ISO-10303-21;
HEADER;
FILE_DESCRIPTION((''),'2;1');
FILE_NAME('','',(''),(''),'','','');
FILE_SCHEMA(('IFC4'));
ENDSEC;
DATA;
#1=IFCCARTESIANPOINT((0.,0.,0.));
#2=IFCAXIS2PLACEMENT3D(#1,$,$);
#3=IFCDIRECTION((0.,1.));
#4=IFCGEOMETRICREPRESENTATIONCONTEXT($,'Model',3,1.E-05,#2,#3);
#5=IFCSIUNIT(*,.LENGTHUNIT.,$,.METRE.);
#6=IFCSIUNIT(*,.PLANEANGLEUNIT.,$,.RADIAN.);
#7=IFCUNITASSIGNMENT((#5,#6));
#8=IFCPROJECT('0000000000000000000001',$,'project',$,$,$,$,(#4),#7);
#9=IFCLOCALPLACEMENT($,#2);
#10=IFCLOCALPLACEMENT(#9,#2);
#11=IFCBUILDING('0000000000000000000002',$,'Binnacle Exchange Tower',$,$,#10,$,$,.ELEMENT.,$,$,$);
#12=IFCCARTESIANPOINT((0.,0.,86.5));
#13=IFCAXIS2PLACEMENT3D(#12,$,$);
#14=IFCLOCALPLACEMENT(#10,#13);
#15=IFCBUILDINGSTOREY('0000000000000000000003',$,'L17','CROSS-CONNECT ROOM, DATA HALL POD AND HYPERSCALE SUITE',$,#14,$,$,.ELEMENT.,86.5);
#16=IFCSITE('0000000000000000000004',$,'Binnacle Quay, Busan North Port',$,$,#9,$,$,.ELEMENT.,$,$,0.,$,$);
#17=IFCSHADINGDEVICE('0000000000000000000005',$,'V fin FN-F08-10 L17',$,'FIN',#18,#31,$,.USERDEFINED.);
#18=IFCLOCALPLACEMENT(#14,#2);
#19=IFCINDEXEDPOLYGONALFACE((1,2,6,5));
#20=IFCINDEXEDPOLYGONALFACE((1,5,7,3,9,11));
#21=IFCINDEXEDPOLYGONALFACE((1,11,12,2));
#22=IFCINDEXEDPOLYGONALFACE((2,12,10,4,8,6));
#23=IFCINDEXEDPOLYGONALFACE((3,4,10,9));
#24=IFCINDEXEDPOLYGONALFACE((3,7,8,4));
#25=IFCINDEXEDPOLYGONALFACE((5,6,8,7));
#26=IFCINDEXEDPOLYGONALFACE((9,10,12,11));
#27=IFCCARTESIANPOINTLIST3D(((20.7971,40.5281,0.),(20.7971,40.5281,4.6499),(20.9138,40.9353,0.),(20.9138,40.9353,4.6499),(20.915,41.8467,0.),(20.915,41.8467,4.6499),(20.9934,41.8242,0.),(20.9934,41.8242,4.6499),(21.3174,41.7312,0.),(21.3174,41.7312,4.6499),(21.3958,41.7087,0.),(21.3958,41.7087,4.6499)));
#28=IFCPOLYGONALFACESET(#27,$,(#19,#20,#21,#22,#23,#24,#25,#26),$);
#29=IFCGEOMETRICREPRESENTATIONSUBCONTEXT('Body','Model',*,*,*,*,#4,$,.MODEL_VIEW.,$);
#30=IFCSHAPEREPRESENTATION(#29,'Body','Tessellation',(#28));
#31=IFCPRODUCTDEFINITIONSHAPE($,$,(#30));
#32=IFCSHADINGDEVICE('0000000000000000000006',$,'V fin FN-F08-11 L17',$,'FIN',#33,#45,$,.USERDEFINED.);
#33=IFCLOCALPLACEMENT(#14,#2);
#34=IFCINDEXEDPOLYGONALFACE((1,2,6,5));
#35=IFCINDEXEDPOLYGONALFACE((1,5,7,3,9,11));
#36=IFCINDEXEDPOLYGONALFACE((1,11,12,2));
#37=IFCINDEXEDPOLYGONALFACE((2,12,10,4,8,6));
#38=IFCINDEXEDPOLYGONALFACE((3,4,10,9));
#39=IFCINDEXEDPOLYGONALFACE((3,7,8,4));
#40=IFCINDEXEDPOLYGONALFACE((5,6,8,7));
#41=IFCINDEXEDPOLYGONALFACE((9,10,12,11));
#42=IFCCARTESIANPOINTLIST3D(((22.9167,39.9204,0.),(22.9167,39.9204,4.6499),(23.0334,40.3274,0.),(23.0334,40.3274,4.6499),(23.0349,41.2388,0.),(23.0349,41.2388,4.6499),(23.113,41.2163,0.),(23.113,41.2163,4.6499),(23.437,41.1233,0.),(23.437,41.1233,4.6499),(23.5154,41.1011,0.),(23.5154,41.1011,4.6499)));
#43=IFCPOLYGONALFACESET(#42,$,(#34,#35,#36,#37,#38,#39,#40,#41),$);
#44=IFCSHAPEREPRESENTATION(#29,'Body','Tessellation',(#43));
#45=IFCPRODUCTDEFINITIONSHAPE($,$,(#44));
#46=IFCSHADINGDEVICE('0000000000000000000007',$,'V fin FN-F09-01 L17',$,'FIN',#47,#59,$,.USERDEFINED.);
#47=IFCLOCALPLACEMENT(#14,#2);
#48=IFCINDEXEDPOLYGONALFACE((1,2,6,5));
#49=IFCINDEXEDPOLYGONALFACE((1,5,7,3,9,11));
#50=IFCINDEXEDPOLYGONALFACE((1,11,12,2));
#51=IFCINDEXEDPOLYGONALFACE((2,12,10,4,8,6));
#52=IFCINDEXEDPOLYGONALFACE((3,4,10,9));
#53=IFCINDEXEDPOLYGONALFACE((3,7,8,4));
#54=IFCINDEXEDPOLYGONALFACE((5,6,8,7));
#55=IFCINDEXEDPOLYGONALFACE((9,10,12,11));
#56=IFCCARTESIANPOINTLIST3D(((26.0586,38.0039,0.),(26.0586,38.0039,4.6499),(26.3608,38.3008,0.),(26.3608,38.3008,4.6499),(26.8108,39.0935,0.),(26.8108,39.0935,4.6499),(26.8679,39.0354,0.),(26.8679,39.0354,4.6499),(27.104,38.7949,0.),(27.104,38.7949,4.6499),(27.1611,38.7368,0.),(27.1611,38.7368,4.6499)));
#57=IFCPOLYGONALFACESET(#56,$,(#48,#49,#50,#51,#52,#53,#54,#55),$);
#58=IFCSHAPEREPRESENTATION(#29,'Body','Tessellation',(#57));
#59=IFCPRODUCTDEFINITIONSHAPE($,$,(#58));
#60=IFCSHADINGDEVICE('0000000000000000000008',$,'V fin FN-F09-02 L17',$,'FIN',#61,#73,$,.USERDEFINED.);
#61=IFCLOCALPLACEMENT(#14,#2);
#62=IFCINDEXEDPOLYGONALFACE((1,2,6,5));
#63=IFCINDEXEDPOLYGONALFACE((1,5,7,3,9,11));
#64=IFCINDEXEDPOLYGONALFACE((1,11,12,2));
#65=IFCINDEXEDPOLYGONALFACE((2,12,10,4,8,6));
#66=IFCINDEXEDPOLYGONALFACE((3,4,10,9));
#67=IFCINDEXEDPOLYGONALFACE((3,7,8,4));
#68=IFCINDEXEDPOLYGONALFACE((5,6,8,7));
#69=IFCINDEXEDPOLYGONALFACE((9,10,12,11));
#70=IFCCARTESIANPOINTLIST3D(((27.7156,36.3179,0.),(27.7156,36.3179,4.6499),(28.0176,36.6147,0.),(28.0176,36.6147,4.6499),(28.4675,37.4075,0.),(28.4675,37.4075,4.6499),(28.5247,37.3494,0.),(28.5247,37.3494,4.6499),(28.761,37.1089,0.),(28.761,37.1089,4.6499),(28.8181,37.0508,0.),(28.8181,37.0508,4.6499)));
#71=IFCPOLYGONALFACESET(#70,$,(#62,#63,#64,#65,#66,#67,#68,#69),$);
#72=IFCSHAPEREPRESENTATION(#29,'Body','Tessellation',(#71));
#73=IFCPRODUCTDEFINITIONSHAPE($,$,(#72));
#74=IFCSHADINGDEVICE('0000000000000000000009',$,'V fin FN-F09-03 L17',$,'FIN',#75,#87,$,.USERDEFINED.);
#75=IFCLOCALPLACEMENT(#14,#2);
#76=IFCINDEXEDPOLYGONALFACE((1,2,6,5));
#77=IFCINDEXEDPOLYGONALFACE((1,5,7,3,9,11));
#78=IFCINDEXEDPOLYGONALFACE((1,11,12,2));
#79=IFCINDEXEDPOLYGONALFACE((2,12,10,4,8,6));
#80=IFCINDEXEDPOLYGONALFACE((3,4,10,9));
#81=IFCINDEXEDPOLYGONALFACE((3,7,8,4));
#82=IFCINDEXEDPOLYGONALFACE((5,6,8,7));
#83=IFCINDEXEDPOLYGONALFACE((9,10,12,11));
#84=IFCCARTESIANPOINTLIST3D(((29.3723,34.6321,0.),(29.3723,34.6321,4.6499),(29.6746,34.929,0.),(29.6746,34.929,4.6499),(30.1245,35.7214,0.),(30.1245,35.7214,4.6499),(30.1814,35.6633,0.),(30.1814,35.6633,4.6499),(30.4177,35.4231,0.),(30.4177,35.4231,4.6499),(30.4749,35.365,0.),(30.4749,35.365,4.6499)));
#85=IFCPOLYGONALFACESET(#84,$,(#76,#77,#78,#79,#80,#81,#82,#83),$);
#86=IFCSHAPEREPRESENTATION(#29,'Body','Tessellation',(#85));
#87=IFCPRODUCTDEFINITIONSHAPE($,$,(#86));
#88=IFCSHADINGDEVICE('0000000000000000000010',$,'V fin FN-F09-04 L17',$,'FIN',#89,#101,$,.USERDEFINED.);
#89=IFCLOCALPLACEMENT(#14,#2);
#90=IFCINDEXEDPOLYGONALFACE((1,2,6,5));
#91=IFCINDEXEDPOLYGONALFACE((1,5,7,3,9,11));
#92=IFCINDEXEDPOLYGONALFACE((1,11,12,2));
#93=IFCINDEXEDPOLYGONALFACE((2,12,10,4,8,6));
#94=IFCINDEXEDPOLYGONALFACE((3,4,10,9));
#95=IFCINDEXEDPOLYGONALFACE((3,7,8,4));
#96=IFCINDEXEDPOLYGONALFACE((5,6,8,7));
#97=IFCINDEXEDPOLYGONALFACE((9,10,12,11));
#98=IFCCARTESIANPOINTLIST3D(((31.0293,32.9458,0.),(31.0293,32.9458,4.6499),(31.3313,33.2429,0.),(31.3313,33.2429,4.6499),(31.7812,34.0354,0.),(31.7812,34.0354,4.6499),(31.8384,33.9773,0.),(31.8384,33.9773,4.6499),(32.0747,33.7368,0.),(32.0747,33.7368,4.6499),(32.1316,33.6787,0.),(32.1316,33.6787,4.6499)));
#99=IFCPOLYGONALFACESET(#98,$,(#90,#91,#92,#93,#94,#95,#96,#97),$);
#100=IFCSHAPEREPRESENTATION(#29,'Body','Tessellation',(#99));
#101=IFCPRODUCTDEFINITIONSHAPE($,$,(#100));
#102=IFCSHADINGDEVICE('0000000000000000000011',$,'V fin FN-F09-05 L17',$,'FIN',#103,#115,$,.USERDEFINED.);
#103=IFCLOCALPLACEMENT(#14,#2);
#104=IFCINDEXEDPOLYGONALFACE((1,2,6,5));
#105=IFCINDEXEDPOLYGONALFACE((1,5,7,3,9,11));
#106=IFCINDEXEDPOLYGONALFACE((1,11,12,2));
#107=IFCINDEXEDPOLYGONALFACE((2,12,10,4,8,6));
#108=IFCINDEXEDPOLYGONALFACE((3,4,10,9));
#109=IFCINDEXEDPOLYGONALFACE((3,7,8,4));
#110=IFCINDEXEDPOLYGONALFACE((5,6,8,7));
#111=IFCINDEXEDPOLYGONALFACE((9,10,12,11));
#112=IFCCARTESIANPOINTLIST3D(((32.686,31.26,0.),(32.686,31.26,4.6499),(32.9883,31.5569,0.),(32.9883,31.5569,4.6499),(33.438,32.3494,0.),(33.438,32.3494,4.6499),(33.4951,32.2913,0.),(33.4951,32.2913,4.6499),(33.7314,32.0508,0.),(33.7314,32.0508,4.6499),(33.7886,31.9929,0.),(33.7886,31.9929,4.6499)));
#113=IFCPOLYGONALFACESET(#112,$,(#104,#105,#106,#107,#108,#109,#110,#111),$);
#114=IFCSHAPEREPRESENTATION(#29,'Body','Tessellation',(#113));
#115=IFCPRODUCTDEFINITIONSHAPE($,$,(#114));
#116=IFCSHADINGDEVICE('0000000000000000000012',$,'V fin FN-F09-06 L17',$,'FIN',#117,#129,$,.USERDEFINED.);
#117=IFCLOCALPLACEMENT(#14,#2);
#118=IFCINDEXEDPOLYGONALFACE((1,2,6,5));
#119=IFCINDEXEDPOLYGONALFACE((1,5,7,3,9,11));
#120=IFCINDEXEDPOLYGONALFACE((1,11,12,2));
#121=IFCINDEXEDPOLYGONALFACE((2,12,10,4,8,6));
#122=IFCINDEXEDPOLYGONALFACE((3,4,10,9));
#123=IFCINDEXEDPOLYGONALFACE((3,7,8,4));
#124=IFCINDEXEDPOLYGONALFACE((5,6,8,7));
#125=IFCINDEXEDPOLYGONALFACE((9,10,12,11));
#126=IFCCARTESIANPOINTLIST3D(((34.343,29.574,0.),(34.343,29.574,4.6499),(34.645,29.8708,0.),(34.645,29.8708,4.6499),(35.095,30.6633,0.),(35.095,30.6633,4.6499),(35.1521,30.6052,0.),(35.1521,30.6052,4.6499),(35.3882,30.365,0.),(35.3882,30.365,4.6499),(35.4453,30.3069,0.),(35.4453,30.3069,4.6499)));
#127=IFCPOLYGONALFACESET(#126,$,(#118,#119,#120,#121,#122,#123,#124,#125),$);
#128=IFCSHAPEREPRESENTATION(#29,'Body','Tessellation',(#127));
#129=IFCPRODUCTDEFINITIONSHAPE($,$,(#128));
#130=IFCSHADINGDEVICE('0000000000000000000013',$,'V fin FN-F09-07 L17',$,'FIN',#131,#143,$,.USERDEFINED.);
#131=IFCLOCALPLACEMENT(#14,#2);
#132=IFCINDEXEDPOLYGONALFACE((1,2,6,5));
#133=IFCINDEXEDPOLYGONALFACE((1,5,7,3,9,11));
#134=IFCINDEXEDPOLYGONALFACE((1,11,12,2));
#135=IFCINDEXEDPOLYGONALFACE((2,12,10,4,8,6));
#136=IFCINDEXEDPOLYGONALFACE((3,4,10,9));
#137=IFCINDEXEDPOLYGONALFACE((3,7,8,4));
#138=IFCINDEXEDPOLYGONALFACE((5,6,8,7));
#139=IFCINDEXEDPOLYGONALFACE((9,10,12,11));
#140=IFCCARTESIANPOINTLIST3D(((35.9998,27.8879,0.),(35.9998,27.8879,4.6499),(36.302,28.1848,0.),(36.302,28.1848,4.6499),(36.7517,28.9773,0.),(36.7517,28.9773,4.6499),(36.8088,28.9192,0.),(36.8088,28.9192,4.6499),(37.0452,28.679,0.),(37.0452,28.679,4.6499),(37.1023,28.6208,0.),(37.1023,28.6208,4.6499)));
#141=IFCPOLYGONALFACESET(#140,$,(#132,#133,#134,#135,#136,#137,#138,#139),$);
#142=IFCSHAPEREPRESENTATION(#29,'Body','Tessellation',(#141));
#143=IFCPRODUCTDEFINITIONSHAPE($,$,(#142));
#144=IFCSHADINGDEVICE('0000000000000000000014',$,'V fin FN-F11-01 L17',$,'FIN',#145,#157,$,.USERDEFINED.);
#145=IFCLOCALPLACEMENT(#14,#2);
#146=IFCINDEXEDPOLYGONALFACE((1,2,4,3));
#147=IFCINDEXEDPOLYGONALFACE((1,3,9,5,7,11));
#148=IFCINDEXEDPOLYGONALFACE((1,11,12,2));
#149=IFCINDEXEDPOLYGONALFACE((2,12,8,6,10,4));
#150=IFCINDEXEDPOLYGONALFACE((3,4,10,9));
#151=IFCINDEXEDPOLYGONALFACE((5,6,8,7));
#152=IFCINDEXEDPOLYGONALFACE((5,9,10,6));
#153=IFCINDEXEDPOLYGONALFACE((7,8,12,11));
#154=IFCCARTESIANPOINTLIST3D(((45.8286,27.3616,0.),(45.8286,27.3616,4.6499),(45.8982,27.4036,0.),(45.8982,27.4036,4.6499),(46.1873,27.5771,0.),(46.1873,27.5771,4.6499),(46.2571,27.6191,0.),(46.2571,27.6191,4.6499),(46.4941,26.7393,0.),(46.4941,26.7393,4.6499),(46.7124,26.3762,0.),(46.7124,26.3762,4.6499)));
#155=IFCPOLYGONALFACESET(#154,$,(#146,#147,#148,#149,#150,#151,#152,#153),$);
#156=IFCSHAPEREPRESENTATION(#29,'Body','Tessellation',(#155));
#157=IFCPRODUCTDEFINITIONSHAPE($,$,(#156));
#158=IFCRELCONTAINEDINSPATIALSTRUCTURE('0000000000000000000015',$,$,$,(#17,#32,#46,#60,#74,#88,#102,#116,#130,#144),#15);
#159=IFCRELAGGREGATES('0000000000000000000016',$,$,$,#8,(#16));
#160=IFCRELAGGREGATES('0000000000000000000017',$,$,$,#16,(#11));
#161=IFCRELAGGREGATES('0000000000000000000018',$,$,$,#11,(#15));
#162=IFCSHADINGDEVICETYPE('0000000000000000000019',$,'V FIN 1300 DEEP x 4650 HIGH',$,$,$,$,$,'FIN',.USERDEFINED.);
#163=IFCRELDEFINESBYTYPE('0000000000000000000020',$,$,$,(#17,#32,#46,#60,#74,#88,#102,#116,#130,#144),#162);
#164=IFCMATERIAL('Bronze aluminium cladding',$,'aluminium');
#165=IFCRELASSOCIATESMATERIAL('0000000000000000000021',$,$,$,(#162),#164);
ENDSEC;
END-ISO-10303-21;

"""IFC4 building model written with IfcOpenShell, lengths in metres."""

from ifc_helpers import new_model, si_unit, direction, frame, origin, place, context, subcontext, project, spatial, polyline, outline, extrude, material, type_object, element, save


model = new_model("IFC4")

# Units and contexts
model_context = context("Model", 3, precision=1e-05, world=origin(), true_north=direction((0.0, 1.0)))
body_context = subcontext(model_context, "Body", "Model", "MODEL_VIEW")
ifc_project = project(units=[si_unit("LENGTHUNIT", "METRE"), si_unit("PLANEANGLEUNIT", "RADIAN")], contexts=[model_context])

# Site, building, storey
site_placement = place(None, origin())
site = spatial("IfcSite", under=ifc_project, at=site_placement, Name="Binnacle Quay, Busan North Port", CompositionType="ELEMENT", RefElevation=0.0)
building_placement = place(site_placement, origin())
building = spatial("IfcBuilding", under=site, at=building_placement, Name="Binnacle Exchange Tower", CompositionType="ELEMENT")
storey_placement = place(building_placement, frame((0.0, 0.0, 86.5)))
storey = spatial("IfcBuildingStorey", under=building, at=storey_placement, Name="L17", Description="CROSS-CONNECT ROOM, DATA HALL POD AND HYPERSCALE SUITE", CompositionType="ELEMENT", Elevation=86.5)

# Shading devices
ifc_material = material(Name="Bronze aluminium cladding", Category="aluminium")
shading_device_type = type_object("IfcShadingDeviceType", Name="V FIN 1300 DEEP x 4650 HIGH", ElementType="FIN", PredefinedType="USERDEFINED", material=ifc_material)
shading_device_1_placement = place(storey_placement, origin())
element("IfcShadingDevice", 1, at=shading_device_1_placement, inside=storey, type_object=shading_device_type, Name="V fin FN-F08-10 L17", ObjectType="FIN", PredefinedType="USERDEFINED", context=body_context, shape_type="SweptSolid", body=[
    extrude(outline(polyline([(20.915, 41.8467), (20.7971, 40.5281), (21.3958, 41.7087), (21.3174, 41.7312), (20.9138, 40.9353), (20.9934, 41.8242), (20.915, 41.8467)])), origin(), (0.0, 0.0, 1.0), 4.6499),
])
shading_device_2_placement = place(storey_placement, origin())
element("IfcShadingDevice", 2, at=shading_device_2_placement, inside=storey, type_object=shading_device_type, Name="V fin FN-F08-11 L17", ObjectType="FIN", PredefinedType="USERDEFINED", context=body_context, shape_type="SweptSolid", body=[
    extrude(outline(polyline([(23.0349, 41.2388), (22.9167, 39.9204), (23.5154, 41.1011), (23.437, 41.1233), (23.0334, 40.3274), (23.113, 41.2163), (23.0349, 41.2388)])), origin(), (0.0, 0.0, 1.0), 4.6499),
])
shading_device_3_placement = place(storey_placement, origin())
element("IfcShadingDevice", 3, at=shading_device_3_placement, inside=storey, type_object=shading_device_type, Name="V fin FN-F09-01 L17", ObjectType="FIN", PredefinedType="USERDEFINED", context=body_context, shape_type="SweptSolid", body=[
    extrude(outline(polyline([(26.8108, 39.0935), (26.0586, 38.0039), (27.1611, 38.7368), (27.104, 38.7949), (26.3608, 38.3008), (26.8679, 39.0354), (26.8108, 39.0935)])), origin(), (0.0, 0.0, 1.0), 4.6499),
])
shading_device_4_placement = place(storey_placement, origin())
element("IfcShadingDevice", 4, at=shading_device_4_placement, inside=storey, type_object=shading_device_type, Name="V fin FN-F09-02 L17", ObjectType="FIN", PredefinedType="USERDEFINED", context=body_context, shape_type="SweptSolid", body=[
    extrude(outline(polyline([(28.4675, 37.4075), (27.7156, 36.3179), (28.8181, 37.0508), (28.761, 37.1089), (28.0176, 36.6147), (28.5247, 37.3494), (28.4675, 37.4075)])), origin(), (0.0, 0.0, 1.0), 4.6499),
])
shading_device_5_placement = place(storey_placement, origin())
element("IfcShadingDevice", 5, at=shading_device_5_placement, inside=storey, type_object=shading_device_type, Name="V fin FN-F09-03 L17", ObjectType="FIN", PredefinedType="USERDEFINED", context=body_context, shape_type="SweptSolid", body=[
    extrude(outline(polyline([(30.1245, 35.7214), (29.3723, 34.6321), (30.4749, 35.365), (30.4177, 35.4231), (29.6746, 34.929), (30.1814, 35.6633), (30.1245, 35.7214)])), origin(), (0.0, 0.0, 1.0), 4.6499),
])
shading_device_6_placement = place(storey_placement, origin())
element("IfcShadingDevice", 6, at=shading_device_6_placement, inside=storey, type_object=shading_device_type, Name="V fin FN-F09-04 L17", ObjectType="FIN", PredefinedType="USERDEFINED", context=body_context, shape_type="SweptSolid", body=[
    extrude(outline(polyline([(31.7812, 34.0354), (31.0293, 32.9458), (32.1316, 33.6787), (32.0747, 33.7368), (31.3313, 33.2429), (31.8384, 33.9773), (31.7812, 34.0354)])), origin(), (0.0, 0.0, 1.0), 4.6499),
])
shading_device_7_placement = place(storey_placement, origin())
element("IfcShadingDevice", 7, at=shading_device_7_placement, inside=storey, type_object=shading_device_type, Name="V fin FN-F09-05 L17", ObjectType="FIN", PredefinedType="USERDEFINED", context=body_context, shape_type="SweptSolid", body=[
    extrude(outline(polyline([(33.438, 32.3494), (32.686, 31.26), (33.7886, 31.9929), (33.7314, 32.0508), (32.9883, 31.5569), (33.4951, 32.2913), (33.438, 32.3494)])), origin(), (0.0, 0.0, 1.0), 4.6499),
])
shading_device_8_placement = place(storey_placement, origin())
element("IfcShadingDevice", 8, at=shading_device_8_placement, inside=storey, type_object=shading_device_type, Name="V fin FN-F09-06 L17", ObjectType="FIN", PredefinedType="USERDEFINED", context=body_context, shape_type="SweptSolid", body=[
    extrude(outline(polyline([(35.095, 30.6633), (34.343, 29.574), (35.4453, 30.3069), (35.3882, 30.365), (34.645, 29.8708), (35.1521, 30.6052), (35.095, 30.6633)])), origin(), (0.0, 0.0, 1.0), 4.6499),
])
shading_device_9_placement = place(storey_placement, origin())
element("IfcShadingDevice", 9, at=shading_device_9_placement, inside=storey, type_object=shading_device_type, Name="V fin FN-F09-07 L17", ObjectType="FIN", PredefinedType="USERDEFINED", context=body_context, shape_type="SweptSolid", body=[
    extrude(outline(polyline([(36.7517, 28.9773), (35.9998, 27.8879), (37.1023, 28.6208), (37.0452, 28.679), (36.302, 28.1848), (36.8088, 28.9192), (36.7517, 28.9773)])), origin(), (0.0, 0.0, 1.0), 4.6499),
])
shading_device_10_placement = place(storey_placement, origin())
element("IfcShadingDevice", 10, at=shading_device_10_placement, inside=storey, type_object=shading_device_type, Name="V fin FN-F11-01 L17", ObjectType="FIN", PredefinedType="USERDEFINED", context=body_context, shape_type="SweptSolid", body=[
    extrude(outline(polyline([(45.8286, 27.3616), (46.7124, 26.3762), (46.2571, 27.6191), (46.1873, 27.5771), (46.4941, 26.7393), (45.8982, 27.4036), (45.8286, 27.3616)])), origin(), (0.0, 0.0, 1.0), 4.6499),
])

save(model, "model.ifc")
